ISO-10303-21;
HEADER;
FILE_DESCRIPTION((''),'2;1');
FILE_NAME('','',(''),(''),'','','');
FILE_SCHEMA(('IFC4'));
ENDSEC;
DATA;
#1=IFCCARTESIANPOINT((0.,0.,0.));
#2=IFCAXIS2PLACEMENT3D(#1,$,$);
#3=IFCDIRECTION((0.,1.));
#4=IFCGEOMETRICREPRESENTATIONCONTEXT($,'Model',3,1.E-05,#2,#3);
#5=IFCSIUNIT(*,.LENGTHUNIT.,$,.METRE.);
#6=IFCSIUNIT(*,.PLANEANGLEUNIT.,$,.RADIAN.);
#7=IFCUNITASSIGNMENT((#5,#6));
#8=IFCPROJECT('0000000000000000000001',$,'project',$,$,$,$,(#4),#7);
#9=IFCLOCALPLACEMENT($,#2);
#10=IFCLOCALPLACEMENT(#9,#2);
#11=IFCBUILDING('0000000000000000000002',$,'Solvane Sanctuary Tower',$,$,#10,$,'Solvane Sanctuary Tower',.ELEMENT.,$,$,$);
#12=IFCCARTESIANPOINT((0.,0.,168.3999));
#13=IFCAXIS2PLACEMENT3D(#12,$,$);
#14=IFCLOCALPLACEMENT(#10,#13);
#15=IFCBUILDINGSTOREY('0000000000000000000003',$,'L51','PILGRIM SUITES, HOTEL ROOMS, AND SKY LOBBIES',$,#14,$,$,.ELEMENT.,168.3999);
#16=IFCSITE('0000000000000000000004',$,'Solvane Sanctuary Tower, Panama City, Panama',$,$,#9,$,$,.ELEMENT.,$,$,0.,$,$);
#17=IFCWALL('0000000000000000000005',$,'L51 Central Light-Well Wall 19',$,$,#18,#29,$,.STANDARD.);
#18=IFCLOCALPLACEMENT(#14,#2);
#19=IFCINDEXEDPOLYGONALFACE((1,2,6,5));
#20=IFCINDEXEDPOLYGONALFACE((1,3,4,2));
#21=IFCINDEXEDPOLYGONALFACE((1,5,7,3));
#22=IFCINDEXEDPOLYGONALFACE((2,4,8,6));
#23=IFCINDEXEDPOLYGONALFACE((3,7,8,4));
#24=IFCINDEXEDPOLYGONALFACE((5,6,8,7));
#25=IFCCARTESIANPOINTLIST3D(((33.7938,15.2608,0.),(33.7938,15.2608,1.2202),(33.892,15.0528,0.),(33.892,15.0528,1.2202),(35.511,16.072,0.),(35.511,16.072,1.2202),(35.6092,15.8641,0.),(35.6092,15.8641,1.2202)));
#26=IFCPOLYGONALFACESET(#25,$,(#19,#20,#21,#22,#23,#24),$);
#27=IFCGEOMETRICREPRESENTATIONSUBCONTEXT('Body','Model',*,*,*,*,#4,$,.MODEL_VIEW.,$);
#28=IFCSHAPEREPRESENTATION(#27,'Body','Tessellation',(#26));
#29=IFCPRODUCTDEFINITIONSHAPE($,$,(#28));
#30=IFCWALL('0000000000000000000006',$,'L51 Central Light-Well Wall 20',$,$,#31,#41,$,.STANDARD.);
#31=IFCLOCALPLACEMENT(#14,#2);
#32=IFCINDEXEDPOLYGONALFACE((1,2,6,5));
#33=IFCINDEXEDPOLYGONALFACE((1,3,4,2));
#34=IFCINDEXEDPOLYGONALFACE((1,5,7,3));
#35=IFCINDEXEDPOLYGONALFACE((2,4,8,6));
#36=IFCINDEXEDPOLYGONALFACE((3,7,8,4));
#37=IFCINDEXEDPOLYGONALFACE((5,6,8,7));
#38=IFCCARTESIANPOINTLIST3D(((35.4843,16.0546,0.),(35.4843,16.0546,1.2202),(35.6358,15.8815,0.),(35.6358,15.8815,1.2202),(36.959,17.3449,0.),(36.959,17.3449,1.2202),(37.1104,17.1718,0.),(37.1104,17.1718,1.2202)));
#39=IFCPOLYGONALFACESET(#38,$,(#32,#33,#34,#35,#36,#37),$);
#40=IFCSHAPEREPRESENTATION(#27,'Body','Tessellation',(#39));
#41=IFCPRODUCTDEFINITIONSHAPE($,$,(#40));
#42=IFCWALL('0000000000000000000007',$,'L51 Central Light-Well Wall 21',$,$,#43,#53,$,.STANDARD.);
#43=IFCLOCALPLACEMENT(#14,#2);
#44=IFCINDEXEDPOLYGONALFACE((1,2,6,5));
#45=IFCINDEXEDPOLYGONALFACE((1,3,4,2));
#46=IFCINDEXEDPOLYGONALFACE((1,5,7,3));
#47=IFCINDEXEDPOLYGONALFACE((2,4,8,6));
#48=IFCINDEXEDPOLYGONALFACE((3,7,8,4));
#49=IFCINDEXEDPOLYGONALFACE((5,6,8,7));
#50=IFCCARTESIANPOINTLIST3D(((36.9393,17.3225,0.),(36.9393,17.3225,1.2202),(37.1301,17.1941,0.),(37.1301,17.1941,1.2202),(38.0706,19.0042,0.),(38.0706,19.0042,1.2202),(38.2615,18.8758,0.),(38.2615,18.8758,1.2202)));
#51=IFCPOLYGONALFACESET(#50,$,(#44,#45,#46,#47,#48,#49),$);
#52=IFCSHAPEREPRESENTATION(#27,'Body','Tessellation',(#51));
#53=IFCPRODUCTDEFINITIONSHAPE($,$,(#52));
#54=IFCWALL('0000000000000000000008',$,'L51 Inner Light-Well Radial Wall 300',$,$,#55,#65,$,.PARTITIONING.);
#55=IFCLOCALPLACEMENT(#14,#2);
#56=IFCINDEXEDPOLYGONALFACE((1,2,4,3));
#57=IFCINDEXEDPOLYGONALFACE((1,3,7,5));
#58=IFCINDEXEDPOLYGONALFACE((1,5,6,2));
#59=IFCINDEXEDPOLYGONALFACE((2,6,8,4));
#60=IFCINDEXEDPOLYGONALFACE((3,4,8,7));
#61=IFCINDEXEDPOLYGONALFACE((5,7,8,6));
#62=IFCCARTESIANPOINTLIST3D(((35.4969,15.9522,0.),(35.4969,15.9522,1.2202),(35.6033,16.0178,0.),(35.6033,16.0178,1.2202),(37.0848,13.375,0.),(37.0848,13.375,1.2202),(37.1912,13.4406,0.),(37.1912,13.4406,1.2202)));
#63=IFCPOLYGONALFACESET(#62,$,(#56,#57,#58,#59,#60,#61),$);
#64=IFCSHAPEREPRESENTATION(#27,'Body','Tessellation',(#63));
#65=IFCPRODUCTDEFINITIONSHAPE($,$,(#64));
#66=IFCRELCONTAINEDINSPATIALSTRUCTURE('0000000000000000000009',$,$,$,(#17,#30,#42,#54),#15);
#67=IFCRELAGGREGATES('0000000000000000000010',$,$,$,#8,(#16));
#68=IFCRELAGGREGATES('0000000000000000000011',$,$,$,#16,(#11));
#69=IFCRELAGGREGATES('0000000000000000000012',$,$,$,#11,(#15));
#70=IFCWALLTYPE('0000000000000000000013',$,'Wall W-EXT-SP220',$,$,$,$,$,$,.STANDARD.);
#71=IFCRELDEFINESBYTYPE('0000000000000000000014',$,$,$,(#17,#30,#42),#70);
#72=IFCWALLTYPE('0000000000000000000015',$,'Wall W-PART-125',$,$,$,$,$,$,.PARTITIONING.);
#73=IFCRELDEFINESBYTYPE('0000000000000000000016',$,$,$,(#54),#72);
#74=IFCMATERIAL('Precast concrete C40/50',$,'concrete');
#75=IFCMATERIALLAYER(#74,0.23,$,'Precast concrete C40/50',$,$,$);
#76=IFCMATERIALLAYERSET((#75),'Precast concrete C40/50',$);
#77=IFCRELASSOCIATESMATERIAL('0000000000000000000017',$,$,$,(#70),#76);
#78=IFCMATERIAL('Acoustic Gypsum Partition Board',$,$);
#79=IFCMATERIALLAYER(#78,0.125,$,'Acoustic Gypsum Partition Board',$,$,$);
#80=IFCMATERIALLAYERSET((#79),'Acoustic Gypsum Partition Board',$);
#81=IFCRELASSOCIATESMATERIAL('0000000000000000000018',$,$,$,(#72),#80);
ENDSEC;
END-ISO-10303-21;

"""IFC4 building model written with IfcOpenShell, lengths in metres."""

from ifc_helpers import new_model, si_unit, direction, frame, frame_2d, origin, place, context, subcontext, project, spatial, rectangle, extrude, material, layer, layer_set, type_object, element, save


model = new_model("IFC4")

# Units and contexts
model_context = context("Model", 3, precision=1e-05, world=origin(), true_north=direction((0.0, 1.0)))
body_context = subcontext(model_context, "Body", "Model", "MODEL_VIEW")
ifc_project = project(units=[si_unit("LENGTHUNIT", "METRE"), si_unit("PLANEANGLEUNIT", "RADIAN")], contexts=[model_context])

# Site, building, storey
site_placement = place(None, origin())
site = spatial("IfcSite", under=ifc_project, at=site_placement, Name="Solvane Sanctuary Tower, Panama City, Panama", CompositionType="ELEMENT", RefElevation=0.0)
building_placement = place(site_placement, origin())
building = spatial("IfcBuilding", under=site, at=building_placement, Name="Solvane Sanctuary Tower", LongName="Solvane Sanctuary Tower", CompositionType="ELEMENT")
storey_placement = place(building_placement, frame((0.0, 0.0, 168.3999)))
storey = spatial("IfcBuildingStorey", under=building, at=storey_placement, Name="L51", Description="PILGRIM SUITES, HOTEL ROOMS, AND SKY LOBBIES", CompositionType="ELEMENT", Elevation=168.3999)

# Walls
ifc_material_1 = material(Name="Acoustic Gypsum Partition Board")
ifc_material_2 = material(Name="Precast concrete C40/50", Category="concrete")
ifc_layer_1 = layer(ifc_material_2, 0.23, Name="Precast concrete C40/50")
ifc_layer_set_1 = layer_set([ifc_layer_1], Name="Precast concrete C40/50")
wall_type_1 = type_object("IfcWallType", Name="Wall W-EXT-SP220", PredefinedType="STANDARD", material=ifc_layer_set_1)
wall_1_placement = place(storey_placement, frame((33.8428, 15.1567, 0.0), z_axis=(0.0, 0.0, 1.0), x_axis=(0.90418, 0.427152, 0.0)))
element("IfcWall", 1, at=wall_1_placement, inside=storey, type_object=wall_type_1, Name="L51 Central Light-Well Wall 19", PredefinedType="STANDARD", context=body_context, shape_type="SweptSolid", body=[
    extrude(rectangle(XDim=1.8992, YDim=0.23, at=frame_2d((0.9497, 0.0))), origin(), (0.0, 0.0, 1.0), 1.2202),
])
wall_2_placement = place(storey_placement, frame((35.5601, 15.968, 0.0), z_axis=(0.0, 0.0, 1.0), x_axis=(0.752577, 0.658505, 0.0)))
element("IfcWall", 2, at=wall_2_placement, inside=storey, type_object=wall_type_1, Name="L51 Central Light-Well Wall 20", PredefinedType="STANDARD", context=body_context, shape_type="SweptSolid", body=[
    extrude(rectangle(XDim=1.9595, YDim=0.23, at=frame_2d((0.9797, 0.0))), origin(), (0.0, 0.0, 1.0), 1.2202),
])
wall_3_placement = place(storey_placement, frame((37.0347, 17.2583, 0.0), z_axis=(0.0, 0.0, 1.0), x_axis=(0.558198, 0.829708, 0.0)))
element("IfcWall", 3, at=wall_3_placement, inside=storey, type_object=wall_type_1, Name="L51 Central Light-Well Wall 21", PredefinedType="STANDARD", context=body_context, shape_type="SweptSolid", body=[
    extrude(rectangle(XDim=2.0269, YDim=0.23, at=frame_2d((1.0134, 0.0))), origin(), (0.0, 0.0, 1.0), 1.2202),
])
ifc_layer_2 = layer(ifc_material_1, 0.125, Name="Acoustic Gypsum Partition Board")
ifc_layer_set_2 = layer_set([ifc_layer_2], Name="Acoustic Gypsum Partition Board")
wall_type_2 = type_object("IfcWallType", Name="Wall W-PART-125", PredefinedType="PARTITIONING", material=ifc_layer_set_2)
wall_4_placement = place(storey_placement, frame((35.55, 15.9851, 0.0), z_axis=(0.0, 0.0, 1.0), x_axis=(0.524565, -0.85137, 0.0)))
element("IfcWall", 4, at=wall_4_placement, inside=storey, type_object=wall_type_2, Name="L51 Inner Light-Well Radial Wall 300", PredefinedType="PARTITIONING", context=body_context, shape_type="SweptSolid", body=[
    extrude(rectangle(XDim=3.0271, YDim=0.125, at=frame_2d((1.5137, 0.0))), origin(), (0.0, 0.0, 1.0), 1.2202),
])

save(model, "model.ifc")
